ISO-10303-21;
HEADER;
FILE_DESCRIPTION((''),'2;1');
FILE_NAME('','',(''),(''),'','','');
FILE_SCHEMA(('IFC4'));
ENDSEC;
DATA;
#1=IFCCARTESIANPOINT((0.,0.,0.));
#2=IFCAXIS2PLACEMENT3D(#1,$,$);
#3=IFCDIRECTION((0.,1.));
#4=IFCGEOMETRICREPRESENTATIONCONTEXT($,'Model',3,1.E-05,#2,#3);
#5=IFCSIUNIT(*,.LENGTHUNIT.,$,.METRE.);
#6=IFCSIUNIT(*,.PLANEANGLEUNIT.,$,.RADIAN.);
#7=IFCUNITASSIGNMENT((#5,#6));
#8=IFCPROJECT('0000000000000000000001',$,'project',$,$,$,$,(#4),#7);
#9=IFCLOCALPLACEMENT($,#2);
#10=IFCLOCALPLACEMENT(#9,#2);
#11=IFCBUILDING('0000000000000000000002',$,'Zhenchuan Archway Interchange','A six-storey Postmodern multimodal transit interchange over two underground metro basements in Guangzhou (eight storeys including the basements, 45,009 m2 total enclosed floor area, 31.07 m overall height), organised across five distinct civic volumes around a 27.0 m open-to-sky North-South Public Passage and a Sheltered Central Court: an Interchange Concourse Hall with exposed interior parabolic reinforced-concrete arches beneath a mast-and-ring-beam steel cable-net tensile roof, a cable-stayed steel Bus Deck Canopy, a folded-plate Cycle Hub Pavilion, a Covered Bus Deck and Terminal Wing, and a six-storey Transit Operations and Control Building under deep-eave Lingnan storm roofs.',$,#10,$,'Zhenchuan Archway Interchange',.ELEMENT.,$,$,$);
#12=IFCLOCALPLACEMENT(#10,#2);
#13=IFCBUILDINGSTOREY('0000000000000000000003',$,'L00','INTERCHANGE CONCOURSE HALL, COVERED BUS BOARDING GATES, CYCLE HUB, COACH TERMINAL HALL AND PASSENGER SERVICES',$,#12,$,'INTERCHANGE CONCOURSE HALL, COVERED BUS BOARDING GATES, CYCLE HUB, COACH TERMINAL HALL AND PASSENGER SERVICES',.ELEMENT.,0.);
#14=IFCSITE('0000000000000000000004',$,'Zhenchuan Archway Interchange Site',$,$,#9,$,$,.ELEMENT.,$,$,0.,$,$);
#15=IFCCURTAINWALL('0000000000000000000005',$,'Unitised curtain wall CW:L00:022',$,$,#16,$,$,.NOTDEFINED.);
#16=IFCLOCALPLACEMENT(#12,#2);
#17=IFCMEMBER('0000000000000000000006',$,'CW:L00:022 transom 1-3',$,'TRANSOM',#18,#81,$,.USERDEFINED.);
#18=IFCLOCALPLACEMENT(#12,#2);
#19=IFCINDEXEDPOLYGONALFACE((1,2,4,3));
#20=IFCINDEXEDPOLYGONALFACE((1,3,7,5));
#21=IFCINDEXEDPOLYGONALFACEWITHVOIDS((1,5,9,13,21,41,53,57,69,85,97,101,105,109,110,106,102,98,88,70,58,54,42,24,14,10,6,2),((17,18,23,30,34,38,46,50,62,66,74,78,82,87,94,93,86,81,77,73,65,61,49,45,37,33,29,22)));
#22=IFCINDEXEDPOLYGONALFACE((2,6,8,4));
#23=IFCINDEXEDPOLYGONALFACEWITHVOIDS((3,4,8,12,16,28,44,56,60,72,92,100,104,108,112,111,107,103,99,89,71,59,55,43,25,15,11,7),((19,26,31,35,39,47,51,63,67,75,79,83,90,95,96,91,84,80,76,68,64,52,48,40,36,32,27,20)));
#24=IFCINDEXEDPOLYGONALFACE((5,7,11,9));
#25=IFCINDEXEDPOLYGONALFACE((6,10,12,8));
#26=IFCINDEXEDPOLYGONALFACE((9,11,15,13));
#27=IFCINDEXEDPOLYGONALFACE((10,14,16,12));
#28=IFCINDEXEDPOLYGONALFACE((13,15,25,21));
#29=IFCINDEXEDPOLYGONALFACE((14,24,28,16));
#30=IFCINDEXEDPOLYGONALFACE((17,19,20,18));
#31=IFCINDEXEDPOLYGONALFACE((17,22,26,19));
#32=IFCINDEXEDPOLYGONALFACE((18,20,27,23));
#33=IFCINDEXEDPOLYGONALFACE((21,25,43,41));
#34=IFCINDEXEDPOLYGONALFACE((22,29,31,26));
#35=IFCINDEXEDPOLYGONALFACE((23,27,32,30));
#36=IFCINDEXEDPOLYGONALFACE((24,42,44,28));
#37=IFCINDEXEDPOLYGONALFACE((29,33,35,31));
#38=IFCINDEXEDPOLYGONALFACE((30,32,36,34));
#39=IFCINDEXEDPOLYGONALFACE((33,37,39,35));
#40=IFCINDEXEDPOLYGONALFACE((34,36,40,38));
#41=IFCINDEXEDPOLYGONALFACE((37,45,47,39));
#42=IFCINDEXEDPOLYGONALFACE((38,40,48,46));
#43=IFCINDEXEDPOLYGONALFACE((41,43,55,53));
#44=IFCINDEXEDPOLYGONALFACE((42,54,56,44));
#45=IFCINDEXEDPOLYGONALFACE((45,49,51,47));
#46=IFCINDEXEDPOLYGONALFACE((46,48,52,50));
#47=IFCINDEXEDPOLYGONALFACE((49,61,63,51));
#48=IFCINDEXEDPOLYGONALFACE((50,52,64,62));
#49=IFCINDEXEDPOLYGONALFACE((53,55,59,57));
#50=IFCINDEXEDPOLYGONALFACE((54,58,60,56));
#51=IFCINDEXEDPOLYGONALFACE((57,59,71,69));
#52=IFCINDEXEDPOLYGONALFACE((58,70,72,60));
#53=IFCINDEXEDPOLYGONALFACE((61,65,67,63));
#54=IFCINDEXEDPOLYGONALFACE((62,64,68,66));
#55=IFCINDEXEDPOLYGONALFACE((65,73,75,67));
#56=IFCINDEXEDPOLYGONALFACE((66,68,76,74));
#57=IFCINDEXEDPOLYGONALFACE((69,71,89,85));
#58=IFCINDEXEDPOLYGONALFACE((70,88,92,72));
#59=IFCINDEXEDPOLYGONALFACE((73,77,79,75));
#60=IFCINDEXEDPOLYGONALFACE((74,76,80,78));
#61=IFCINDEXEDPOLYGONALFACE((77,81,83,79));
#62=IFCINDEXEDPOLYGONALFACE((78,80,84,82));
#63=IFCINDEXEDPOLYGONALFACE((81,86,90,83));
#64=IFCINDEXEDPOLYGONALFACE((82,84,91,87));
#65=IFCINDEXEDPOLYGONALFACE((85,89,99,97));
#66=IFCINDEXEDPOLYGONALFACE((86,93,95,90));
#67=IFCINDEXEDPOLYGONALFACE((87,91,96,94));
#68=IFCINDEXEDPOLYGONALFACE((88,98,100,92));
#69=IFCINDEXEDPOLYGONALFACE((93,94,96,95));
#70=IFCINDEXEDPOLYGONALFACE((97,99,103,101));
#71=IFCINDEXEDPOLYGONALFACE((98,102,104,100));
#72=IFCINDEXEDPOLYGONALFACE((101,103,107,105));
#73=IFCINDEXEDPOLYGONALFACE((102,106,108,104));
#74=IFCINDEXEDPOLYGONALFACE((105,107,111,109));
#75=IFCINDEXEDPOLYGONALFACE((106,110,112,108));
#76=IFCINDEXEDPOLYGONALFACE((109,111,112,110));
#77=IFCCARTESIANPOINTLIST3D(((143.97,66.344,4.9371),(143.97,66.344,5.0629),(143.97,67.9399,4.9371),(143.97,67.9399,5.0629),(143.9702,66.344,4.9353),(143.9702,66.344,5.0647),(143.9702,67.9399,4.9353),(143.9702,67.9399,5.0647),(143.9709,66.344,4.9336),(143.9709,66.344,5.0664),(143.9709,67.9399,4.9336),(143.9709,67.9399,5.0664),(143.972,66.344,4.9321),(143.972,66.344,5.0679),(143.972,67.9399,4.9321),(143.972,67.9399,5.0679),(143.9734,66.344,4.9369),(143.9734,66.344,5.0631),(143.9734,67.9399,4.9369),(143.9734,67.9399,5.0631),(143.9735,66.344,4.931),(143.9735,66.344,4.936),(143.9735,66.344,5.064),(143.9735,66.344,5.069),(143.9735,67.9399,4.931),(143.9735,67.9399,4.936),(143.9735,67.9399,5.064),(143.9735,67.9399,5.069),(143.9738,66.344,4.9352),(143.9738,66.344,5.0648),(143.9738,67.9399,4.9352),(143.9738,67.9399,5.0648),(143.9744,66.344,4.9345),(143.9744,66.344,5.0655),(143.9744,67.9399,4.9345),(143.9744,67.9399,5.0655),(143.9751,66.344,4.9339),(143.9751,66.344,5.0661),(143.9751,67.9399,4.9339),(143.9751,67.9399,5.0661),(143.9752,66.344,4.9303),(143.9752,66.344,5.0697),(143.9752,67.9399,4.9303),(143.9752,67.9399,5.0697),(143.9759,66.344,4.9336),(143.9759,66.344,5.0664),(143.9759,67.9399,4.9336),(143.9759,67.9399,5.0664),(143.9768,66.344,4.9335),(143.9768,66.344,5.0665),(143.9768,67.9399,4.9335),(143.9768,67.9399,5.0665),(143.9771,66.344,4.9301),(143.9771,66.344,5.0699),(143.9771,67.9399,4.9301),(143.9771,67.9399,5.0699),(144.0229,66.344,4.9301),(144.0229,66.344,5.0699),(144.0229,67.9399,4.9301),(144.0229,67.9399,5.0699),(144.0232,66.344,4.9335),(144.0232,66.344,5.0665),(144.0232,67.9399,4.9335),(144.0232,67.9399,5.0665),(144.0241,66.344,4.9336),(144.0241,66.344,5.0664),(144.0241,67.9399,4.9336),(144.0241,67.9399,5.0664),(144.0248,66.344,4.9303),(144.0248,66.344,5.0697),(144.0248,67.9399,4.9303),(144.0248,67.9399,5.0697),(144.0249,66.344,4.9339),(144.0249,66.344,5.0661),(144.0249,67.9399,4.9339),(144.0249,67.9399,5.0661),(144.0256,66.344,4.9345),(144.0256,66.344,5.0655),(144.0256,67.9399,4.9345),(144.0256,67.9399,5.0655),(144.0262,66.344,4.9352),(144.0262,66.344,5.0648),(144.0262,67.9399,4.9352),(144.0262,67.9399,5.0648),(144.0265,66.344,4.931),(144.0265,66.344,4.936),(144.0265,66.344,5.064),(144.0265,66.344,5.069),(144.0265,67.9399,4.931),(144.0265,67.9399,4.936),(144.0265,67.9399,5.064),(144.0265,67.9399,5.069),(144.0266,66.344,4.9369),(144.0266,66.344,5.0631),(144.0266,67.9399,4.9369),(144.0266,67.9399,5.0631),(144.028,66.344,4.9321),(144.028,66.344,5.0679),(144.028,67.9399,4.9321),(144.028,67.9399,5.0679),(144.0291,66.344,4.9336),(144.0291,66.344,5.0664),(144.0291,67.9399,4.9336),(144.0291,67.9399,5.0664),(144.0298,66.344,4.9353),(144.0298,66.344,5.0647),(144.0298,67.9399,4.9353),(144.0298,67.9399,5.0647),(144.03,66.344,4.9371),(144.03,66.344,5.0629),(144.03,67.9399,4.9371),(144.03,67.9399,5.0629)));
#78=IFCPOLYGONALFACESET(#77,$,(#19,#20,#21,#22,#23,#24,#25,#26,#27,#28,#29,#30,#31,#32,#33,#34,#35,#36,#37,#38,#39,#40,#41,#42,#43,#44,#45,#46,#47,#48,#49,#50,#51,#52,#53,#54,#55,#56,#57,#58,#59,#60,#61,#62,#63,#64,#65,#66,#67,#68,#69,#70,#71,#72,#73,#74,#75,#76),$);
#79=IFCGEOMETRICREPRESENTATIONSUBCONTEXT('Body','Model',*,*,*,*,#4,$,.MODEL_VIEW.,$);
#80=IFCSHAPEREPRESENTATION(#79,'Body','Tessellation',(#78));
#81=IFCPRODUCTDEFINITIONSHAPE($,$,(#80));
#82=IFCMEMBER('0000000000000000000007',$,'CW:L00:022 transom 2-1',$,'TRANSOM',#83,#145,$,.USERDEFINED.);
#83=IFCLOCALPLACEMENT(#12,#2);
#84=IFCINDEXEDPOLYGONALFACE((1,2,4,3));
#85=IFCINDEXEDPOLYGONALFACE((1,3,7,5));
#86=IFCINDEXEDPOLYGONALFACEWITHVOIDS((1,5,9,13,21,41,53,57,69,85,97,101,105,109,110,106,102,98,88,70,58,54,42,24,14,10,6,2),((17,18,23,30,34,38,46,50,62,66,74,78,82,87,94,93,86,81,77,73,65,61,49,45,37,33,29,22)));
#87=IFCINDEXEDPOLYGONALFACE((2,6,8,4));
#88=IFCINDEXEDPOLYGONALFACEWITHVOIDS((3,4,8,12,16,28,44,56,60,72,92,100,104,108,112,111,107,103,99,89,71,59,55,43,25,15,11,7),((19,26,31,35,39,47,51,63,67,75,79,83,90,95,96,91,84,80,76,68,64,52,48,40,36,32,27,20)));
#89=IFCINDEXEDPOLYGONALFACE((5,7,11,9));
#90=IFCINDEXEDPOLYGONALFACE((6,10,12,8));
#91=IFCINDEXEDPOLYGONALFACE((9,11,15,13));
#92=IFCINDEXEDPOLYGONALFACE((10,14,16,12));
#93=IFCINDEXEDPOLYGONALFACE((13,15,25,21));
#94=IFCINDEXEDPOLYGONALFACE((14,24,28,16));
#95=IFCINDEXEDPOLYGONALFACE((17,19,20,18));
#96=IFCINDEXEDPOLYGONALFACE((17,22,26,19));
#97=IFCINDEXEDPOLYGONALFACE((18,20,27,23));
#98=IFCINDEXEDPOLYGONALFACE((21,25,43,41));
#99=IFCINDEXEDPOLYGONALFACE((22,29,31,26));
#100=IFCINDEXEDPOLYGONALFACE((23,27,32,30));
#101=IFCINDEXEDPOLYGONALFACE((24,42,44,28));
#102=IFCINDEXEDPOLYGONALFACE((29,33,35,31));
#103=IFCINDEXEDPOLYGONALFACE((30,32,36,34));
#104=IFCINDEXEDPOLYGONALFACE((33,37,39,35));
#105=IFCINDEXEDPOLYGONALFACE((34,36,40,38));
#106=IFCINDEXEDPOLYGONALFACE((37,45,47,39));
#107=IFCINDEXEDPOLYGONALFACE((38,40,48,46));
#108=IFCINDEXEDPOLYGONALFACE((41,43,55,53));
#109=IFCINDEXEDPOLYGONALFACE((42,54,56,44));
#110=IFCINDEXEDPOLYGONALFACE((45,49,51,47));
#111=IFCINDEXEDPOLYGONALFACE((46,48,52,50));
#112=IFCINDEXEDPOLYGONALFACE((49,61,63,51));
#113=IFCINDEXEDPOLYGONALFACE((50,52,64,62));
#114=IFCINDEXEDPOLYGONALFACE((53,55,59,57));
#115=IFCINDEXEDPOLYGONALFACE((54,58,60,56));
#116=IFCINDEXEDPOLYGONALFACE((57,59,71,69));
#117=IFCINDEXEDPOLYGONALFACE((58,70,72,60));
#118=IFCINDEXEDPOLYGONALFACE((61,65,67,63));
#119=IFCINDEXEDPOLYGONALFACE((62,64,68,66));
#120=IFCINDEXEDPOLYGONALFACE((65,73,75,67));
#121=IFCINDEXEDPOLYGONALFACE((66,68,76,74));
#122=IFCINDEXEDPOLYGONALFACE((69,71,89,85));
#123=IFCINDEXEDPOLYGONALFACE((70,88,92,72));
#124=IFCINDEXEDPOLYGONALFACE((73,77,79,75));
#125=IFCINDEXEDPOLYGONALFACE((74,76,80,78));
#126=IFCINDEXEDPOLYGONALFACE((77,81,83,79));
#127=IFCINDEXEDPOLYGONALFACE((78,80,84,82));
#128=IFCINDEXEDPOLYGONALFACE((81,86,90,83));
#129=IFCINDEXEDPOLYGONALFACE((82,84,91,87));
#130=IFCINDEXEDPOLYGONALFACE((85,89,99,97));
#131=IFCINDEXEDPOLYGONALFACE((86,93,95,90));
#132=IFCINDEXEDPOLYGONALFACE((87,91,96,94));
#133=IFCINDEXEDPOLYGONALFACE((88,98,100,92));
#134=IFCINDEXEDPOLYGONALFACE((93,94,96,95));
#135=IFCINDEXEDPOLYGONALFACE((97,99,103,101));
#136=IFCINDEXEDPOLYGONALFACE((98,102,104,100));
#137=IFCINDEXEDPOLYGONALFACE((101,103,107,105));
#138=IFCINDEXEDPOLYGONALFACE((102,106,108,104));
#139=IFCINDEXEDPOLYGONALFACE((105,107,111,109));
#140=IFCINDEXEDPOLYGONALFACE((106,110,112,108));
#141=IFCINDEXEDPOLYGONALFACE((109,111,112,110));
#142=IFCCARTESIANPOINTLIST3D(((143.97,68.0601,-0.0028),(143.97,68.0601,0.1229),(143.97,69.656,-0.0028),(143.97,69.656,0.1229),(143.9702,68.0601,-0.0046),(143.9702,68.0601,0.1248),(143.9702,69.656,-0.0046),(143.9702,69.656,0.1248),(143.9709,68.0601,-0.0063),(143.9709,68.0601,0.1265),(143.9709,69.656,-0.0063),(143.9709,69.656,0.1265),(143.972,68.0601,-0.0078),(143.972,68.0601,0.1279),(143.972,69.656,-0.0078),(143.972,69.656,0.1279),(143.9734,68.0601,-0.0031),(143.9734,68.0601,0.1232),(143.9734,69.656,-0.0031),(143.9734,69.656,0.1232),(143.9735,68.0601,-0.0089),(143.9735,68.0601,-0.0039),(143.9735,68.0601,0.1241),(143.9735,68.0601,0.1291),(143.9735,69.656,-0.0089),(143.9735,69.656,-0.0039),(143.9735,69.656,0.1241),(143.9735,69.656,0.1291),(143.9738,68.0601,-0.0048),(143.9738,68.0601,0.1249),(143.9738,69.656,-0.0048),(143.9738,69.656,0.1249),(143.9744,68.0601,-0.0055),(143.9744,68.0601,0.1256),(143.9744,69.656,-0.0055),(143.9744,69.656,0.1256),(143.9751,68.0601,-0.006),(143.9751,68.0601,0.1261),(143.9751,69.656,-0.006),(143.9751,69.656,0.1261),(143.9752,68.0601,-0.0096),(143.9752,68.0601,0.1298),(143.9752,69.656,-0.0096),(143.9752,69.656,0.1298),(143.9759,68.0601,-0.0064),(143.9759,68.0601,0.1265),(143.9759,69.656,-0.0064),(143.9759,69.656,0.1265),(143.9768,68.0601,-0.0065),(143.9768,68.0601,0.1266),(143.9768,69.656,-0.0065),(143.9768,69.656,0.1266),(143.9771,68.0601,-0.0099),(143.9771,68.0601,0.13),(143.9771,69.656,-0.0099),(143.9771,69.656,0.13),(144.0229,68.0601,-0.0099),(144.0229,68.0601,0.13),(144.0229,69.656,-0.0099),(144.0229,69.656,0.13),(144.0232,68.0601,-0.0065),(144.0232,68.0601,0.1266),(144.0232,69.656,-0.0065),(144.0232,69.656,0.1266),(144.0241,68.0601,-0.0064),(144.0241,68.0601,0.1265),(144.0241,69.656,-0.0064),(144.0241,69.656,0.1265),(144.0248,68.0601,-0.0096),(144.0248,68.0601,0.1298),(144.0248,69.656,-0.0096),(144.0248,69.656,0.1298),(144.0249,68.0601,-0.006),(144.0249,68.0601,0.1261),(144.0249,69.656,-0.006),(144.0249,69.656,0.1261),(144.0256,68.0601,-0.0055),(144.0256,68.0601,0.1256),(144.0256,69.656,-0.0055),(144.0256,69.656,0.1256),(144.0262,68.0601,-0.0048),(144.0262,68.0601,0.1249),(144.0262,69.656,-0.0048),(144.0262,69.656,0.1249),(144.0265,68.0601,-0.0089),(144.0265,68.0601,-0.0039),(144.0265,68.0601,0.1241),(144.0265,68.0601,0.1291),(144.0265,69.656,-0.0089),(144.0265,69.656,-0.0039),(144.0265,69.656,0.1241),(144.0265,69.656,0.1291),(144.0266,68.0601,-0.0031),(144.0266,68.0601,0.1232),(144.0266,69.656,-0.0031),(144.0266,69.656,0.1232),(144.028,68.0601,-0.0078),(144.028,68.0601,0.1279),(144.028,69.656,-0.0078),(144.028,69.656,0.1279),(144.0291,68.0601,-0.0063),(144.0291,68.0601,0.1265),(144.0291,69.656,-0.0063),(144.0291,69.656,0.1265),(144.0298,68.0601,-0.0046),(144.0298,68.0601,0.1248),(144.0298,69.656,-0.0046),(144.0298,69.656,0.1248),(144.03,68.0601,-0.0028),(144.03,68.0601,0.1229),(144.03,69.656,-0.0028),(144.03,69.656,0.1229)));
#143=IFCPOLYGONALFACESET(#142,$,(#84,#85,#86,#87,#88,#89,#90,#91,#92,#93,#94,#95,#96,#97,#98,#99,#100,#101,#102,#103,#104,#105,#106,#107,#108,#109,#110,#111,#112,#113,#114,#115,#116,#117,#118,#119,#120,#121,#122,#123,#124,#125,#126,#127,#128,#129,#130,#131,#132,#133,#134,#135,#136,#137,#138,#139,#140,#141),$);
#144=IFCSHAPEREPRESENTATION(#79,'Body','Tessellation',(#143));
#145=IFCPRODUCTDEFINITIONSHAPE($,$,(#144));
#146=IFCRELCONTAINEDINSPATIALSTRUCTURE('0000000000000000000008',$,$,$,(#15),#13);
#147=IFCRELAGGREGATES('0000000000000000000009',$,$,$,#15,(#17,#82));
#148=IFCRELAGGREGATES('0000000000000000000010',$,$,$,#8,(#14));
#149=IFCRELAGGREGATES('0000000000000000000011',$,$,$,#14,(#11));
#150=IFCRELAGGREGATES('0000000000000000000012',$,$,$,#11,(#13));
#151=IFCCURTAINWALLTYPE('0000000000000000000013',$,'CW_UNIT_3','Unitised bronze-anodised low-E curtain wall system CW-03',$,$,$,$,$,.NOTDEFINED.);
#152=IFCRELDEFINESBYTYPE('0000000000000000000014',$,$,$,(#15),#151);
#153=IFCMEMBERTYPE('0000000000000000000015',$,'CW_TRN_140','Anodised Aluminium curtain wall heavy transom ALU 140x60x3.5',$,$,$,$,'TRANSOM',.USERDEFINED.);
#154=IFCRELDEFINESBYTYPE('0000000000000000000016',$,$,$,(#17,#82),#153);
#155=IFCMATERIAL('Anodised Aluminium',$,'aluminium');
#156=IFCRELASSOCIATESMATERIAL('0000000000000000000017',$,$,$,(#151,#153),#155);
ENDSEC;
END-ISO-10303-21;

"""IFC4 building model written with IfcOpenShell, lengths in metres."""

from ifc_helpers import new_model, si_unit, direction, frame, origin, origin_2d, place, context, subcontext, project, spatial, hollow_rectangle, extrude, material, material_profile, profile_set, type_object, element, aggregate, save


model = new_model("IFC4")

# Units and contexts
model_context = context("Model", 3, precision=1e-05, world=origin(), true_north=direction((0.0, 1.0)))
body_context = subcontext(model_context, "Body", "Model", "MODEL_VIEW")
ifc_project = project(units=[si_unit("LENGTHUNIT", "METRE"), si_unit("PLANEANGLEUNIT", "RADIAN")], contexts=[model_context])

# Site, building, storey
site_placement = place(None, origin())
site = spatial("IfcSite", under=ifc_project, at=site_placement, Name="Zhenchuan Archway Interchange Site", CompositionType="ELEMENT", RefElevation=0.0)
building_placement = place(site_placement, origin())
building = spatial("IfcBuilding", under=site, at=building_placement, Name="Zhenchuan Archway Interchange", Description="A six-storey Postmodern multimodal transit interchange over two underground metro basements in Guangzhou (eight storeys including the basements, 45,009 m2 total enclosed floor area, 31.07 m overall height), organised across five distinct civic volumes around a 27.0 m open-to-sky North-South Public Passage and a Sheltered Central Court: an Interchange Concourse Hall with exposed interior parabolic reinforced-concrete arches beneath a mast-and-ring-beam steel cable-net tensile roof, a cable-stayed steel Bus Deck Canopy, a folded-plate Cycle Hub Pavilion, a Covered Bus Deck and Terminal Wing, and a six-storey Transit Operations and Control Building under deep-eave Lingnan storm roofs.", LongName="Zhenchuan Archway Interchange", CompositionType="ELEMENT")
storey_placement = place(building_placement, origin())
storey = spatial("IfcBuildingStorey", under=building, at=storey_placement, Name="L00", Description="INTERCHANGE CONCOURSE HALL, COVERED BUS BOARDING GATES, CYCLE HUB, COACH TERMINAL HALL AND PASSENGER SERVICES", LongName="INTERCHANGE CONCOURSE HALL, COVERED BUS BOARDING GATES, CYCLE HUB, COACH TERMINAL HALL AND PASSENGER SERVICES", CompositionType="ELEMENT", Elevation=0.0)

# Curtain wall, members
ifc_material_1 = material(Name="Anodised Aluminium", Category="aluminium")
curtain_wall_type = type_object("IfcCurtainWallType", Name="CW_UNIT_3", Description="Unitised bronze-anodised low-E curtain wall system CW-03", PredefinedType="NOTDEFINED", material=ifc_material_1)
curtain_wall_placement = place(storey_placement, origin())
curtain_wall = element("IfcCurtainWall", 1, at=curtain_wall_placement, inside=storey, type_object=curtain_wall_type, Name="Unitised curtain wall CW:L00:022", PredefinedType="NOTDEFINED")
ifc_material_profile_1 = material_profile(ifc_material_1, hollow_rectangle(XDim=0.0601, YDim=0.1399, WallThickness=0.0034, InnerFilletRadius=0.0034, OuterFilletRadius=0.0071, at=origin_2d()), Name="ALU 140x60x3.5")
ifc_profile_set_1 = profile_set([ifc_material_profile_1], Name="Anodised Aluminium")
member_type_1 = type_object("IfcMemberType", Name="CW_TRN_140", Description="Anodised Aluminium curtain wall heavy transom ALU 140x60x3.5", ElementType="TRANSOM", PredefinedType="USERDEFINED", material=ifc_profile_set_1)
member_1_placement = place(storey_placement, frame((144.0, 66.344, 5.0), z_axis=(0.0, 1.0, 0.0), x_axis=(-1.0, 0.0, 0.0)))
member_1 = element("IfcMember", 2, at=member_1_placement, type_object=member_type_1, Name="CW:L00:022 transom 1-3", ObjectType="TRANSOM", PredefinedType="USERDEFINED", context=body_context, shape_type="SweptSolid", body=[
    extrude(hollow_rectangle(XDim=0.0601, YDim=0.1399, WallThickness=0.0034, InnerFilletRadius=0.0034, OuterFilletRadius=0.0071, at=origin_2d()), origin(), (0.0, 0.0, 1.0), 1.5959),
])
member_2_placement = place(storey_placement, frame((144.0, 68.0601, 0.0601), z_axis=(0.0, 1.0, 0.0), x_axis=(-1.0, 0.0, 0.0)))
member_2 = element("IfcMember", 3, at=member_2_placement, type_object=member_type_1, Name="CW:L00:022 transom 2-1", ObjectType="TRANSOM", PredefinedType="USERDEFINED", context=body_context, shape_type="SweptSolid", body=[
    extrude(hollow_rectangle(XDim=0.0601, YDim=0.1399, WallThickness=0.0034, InnerFilletRadius=0.0034, OuterFilletRadius=0.0071, at=origin_2d()), origin(), (0.0, 0.0, 1.0), 1.5959),
])

aggregate(curtain_wall, [member_1, member_2])

save(model, "model.ifc")
